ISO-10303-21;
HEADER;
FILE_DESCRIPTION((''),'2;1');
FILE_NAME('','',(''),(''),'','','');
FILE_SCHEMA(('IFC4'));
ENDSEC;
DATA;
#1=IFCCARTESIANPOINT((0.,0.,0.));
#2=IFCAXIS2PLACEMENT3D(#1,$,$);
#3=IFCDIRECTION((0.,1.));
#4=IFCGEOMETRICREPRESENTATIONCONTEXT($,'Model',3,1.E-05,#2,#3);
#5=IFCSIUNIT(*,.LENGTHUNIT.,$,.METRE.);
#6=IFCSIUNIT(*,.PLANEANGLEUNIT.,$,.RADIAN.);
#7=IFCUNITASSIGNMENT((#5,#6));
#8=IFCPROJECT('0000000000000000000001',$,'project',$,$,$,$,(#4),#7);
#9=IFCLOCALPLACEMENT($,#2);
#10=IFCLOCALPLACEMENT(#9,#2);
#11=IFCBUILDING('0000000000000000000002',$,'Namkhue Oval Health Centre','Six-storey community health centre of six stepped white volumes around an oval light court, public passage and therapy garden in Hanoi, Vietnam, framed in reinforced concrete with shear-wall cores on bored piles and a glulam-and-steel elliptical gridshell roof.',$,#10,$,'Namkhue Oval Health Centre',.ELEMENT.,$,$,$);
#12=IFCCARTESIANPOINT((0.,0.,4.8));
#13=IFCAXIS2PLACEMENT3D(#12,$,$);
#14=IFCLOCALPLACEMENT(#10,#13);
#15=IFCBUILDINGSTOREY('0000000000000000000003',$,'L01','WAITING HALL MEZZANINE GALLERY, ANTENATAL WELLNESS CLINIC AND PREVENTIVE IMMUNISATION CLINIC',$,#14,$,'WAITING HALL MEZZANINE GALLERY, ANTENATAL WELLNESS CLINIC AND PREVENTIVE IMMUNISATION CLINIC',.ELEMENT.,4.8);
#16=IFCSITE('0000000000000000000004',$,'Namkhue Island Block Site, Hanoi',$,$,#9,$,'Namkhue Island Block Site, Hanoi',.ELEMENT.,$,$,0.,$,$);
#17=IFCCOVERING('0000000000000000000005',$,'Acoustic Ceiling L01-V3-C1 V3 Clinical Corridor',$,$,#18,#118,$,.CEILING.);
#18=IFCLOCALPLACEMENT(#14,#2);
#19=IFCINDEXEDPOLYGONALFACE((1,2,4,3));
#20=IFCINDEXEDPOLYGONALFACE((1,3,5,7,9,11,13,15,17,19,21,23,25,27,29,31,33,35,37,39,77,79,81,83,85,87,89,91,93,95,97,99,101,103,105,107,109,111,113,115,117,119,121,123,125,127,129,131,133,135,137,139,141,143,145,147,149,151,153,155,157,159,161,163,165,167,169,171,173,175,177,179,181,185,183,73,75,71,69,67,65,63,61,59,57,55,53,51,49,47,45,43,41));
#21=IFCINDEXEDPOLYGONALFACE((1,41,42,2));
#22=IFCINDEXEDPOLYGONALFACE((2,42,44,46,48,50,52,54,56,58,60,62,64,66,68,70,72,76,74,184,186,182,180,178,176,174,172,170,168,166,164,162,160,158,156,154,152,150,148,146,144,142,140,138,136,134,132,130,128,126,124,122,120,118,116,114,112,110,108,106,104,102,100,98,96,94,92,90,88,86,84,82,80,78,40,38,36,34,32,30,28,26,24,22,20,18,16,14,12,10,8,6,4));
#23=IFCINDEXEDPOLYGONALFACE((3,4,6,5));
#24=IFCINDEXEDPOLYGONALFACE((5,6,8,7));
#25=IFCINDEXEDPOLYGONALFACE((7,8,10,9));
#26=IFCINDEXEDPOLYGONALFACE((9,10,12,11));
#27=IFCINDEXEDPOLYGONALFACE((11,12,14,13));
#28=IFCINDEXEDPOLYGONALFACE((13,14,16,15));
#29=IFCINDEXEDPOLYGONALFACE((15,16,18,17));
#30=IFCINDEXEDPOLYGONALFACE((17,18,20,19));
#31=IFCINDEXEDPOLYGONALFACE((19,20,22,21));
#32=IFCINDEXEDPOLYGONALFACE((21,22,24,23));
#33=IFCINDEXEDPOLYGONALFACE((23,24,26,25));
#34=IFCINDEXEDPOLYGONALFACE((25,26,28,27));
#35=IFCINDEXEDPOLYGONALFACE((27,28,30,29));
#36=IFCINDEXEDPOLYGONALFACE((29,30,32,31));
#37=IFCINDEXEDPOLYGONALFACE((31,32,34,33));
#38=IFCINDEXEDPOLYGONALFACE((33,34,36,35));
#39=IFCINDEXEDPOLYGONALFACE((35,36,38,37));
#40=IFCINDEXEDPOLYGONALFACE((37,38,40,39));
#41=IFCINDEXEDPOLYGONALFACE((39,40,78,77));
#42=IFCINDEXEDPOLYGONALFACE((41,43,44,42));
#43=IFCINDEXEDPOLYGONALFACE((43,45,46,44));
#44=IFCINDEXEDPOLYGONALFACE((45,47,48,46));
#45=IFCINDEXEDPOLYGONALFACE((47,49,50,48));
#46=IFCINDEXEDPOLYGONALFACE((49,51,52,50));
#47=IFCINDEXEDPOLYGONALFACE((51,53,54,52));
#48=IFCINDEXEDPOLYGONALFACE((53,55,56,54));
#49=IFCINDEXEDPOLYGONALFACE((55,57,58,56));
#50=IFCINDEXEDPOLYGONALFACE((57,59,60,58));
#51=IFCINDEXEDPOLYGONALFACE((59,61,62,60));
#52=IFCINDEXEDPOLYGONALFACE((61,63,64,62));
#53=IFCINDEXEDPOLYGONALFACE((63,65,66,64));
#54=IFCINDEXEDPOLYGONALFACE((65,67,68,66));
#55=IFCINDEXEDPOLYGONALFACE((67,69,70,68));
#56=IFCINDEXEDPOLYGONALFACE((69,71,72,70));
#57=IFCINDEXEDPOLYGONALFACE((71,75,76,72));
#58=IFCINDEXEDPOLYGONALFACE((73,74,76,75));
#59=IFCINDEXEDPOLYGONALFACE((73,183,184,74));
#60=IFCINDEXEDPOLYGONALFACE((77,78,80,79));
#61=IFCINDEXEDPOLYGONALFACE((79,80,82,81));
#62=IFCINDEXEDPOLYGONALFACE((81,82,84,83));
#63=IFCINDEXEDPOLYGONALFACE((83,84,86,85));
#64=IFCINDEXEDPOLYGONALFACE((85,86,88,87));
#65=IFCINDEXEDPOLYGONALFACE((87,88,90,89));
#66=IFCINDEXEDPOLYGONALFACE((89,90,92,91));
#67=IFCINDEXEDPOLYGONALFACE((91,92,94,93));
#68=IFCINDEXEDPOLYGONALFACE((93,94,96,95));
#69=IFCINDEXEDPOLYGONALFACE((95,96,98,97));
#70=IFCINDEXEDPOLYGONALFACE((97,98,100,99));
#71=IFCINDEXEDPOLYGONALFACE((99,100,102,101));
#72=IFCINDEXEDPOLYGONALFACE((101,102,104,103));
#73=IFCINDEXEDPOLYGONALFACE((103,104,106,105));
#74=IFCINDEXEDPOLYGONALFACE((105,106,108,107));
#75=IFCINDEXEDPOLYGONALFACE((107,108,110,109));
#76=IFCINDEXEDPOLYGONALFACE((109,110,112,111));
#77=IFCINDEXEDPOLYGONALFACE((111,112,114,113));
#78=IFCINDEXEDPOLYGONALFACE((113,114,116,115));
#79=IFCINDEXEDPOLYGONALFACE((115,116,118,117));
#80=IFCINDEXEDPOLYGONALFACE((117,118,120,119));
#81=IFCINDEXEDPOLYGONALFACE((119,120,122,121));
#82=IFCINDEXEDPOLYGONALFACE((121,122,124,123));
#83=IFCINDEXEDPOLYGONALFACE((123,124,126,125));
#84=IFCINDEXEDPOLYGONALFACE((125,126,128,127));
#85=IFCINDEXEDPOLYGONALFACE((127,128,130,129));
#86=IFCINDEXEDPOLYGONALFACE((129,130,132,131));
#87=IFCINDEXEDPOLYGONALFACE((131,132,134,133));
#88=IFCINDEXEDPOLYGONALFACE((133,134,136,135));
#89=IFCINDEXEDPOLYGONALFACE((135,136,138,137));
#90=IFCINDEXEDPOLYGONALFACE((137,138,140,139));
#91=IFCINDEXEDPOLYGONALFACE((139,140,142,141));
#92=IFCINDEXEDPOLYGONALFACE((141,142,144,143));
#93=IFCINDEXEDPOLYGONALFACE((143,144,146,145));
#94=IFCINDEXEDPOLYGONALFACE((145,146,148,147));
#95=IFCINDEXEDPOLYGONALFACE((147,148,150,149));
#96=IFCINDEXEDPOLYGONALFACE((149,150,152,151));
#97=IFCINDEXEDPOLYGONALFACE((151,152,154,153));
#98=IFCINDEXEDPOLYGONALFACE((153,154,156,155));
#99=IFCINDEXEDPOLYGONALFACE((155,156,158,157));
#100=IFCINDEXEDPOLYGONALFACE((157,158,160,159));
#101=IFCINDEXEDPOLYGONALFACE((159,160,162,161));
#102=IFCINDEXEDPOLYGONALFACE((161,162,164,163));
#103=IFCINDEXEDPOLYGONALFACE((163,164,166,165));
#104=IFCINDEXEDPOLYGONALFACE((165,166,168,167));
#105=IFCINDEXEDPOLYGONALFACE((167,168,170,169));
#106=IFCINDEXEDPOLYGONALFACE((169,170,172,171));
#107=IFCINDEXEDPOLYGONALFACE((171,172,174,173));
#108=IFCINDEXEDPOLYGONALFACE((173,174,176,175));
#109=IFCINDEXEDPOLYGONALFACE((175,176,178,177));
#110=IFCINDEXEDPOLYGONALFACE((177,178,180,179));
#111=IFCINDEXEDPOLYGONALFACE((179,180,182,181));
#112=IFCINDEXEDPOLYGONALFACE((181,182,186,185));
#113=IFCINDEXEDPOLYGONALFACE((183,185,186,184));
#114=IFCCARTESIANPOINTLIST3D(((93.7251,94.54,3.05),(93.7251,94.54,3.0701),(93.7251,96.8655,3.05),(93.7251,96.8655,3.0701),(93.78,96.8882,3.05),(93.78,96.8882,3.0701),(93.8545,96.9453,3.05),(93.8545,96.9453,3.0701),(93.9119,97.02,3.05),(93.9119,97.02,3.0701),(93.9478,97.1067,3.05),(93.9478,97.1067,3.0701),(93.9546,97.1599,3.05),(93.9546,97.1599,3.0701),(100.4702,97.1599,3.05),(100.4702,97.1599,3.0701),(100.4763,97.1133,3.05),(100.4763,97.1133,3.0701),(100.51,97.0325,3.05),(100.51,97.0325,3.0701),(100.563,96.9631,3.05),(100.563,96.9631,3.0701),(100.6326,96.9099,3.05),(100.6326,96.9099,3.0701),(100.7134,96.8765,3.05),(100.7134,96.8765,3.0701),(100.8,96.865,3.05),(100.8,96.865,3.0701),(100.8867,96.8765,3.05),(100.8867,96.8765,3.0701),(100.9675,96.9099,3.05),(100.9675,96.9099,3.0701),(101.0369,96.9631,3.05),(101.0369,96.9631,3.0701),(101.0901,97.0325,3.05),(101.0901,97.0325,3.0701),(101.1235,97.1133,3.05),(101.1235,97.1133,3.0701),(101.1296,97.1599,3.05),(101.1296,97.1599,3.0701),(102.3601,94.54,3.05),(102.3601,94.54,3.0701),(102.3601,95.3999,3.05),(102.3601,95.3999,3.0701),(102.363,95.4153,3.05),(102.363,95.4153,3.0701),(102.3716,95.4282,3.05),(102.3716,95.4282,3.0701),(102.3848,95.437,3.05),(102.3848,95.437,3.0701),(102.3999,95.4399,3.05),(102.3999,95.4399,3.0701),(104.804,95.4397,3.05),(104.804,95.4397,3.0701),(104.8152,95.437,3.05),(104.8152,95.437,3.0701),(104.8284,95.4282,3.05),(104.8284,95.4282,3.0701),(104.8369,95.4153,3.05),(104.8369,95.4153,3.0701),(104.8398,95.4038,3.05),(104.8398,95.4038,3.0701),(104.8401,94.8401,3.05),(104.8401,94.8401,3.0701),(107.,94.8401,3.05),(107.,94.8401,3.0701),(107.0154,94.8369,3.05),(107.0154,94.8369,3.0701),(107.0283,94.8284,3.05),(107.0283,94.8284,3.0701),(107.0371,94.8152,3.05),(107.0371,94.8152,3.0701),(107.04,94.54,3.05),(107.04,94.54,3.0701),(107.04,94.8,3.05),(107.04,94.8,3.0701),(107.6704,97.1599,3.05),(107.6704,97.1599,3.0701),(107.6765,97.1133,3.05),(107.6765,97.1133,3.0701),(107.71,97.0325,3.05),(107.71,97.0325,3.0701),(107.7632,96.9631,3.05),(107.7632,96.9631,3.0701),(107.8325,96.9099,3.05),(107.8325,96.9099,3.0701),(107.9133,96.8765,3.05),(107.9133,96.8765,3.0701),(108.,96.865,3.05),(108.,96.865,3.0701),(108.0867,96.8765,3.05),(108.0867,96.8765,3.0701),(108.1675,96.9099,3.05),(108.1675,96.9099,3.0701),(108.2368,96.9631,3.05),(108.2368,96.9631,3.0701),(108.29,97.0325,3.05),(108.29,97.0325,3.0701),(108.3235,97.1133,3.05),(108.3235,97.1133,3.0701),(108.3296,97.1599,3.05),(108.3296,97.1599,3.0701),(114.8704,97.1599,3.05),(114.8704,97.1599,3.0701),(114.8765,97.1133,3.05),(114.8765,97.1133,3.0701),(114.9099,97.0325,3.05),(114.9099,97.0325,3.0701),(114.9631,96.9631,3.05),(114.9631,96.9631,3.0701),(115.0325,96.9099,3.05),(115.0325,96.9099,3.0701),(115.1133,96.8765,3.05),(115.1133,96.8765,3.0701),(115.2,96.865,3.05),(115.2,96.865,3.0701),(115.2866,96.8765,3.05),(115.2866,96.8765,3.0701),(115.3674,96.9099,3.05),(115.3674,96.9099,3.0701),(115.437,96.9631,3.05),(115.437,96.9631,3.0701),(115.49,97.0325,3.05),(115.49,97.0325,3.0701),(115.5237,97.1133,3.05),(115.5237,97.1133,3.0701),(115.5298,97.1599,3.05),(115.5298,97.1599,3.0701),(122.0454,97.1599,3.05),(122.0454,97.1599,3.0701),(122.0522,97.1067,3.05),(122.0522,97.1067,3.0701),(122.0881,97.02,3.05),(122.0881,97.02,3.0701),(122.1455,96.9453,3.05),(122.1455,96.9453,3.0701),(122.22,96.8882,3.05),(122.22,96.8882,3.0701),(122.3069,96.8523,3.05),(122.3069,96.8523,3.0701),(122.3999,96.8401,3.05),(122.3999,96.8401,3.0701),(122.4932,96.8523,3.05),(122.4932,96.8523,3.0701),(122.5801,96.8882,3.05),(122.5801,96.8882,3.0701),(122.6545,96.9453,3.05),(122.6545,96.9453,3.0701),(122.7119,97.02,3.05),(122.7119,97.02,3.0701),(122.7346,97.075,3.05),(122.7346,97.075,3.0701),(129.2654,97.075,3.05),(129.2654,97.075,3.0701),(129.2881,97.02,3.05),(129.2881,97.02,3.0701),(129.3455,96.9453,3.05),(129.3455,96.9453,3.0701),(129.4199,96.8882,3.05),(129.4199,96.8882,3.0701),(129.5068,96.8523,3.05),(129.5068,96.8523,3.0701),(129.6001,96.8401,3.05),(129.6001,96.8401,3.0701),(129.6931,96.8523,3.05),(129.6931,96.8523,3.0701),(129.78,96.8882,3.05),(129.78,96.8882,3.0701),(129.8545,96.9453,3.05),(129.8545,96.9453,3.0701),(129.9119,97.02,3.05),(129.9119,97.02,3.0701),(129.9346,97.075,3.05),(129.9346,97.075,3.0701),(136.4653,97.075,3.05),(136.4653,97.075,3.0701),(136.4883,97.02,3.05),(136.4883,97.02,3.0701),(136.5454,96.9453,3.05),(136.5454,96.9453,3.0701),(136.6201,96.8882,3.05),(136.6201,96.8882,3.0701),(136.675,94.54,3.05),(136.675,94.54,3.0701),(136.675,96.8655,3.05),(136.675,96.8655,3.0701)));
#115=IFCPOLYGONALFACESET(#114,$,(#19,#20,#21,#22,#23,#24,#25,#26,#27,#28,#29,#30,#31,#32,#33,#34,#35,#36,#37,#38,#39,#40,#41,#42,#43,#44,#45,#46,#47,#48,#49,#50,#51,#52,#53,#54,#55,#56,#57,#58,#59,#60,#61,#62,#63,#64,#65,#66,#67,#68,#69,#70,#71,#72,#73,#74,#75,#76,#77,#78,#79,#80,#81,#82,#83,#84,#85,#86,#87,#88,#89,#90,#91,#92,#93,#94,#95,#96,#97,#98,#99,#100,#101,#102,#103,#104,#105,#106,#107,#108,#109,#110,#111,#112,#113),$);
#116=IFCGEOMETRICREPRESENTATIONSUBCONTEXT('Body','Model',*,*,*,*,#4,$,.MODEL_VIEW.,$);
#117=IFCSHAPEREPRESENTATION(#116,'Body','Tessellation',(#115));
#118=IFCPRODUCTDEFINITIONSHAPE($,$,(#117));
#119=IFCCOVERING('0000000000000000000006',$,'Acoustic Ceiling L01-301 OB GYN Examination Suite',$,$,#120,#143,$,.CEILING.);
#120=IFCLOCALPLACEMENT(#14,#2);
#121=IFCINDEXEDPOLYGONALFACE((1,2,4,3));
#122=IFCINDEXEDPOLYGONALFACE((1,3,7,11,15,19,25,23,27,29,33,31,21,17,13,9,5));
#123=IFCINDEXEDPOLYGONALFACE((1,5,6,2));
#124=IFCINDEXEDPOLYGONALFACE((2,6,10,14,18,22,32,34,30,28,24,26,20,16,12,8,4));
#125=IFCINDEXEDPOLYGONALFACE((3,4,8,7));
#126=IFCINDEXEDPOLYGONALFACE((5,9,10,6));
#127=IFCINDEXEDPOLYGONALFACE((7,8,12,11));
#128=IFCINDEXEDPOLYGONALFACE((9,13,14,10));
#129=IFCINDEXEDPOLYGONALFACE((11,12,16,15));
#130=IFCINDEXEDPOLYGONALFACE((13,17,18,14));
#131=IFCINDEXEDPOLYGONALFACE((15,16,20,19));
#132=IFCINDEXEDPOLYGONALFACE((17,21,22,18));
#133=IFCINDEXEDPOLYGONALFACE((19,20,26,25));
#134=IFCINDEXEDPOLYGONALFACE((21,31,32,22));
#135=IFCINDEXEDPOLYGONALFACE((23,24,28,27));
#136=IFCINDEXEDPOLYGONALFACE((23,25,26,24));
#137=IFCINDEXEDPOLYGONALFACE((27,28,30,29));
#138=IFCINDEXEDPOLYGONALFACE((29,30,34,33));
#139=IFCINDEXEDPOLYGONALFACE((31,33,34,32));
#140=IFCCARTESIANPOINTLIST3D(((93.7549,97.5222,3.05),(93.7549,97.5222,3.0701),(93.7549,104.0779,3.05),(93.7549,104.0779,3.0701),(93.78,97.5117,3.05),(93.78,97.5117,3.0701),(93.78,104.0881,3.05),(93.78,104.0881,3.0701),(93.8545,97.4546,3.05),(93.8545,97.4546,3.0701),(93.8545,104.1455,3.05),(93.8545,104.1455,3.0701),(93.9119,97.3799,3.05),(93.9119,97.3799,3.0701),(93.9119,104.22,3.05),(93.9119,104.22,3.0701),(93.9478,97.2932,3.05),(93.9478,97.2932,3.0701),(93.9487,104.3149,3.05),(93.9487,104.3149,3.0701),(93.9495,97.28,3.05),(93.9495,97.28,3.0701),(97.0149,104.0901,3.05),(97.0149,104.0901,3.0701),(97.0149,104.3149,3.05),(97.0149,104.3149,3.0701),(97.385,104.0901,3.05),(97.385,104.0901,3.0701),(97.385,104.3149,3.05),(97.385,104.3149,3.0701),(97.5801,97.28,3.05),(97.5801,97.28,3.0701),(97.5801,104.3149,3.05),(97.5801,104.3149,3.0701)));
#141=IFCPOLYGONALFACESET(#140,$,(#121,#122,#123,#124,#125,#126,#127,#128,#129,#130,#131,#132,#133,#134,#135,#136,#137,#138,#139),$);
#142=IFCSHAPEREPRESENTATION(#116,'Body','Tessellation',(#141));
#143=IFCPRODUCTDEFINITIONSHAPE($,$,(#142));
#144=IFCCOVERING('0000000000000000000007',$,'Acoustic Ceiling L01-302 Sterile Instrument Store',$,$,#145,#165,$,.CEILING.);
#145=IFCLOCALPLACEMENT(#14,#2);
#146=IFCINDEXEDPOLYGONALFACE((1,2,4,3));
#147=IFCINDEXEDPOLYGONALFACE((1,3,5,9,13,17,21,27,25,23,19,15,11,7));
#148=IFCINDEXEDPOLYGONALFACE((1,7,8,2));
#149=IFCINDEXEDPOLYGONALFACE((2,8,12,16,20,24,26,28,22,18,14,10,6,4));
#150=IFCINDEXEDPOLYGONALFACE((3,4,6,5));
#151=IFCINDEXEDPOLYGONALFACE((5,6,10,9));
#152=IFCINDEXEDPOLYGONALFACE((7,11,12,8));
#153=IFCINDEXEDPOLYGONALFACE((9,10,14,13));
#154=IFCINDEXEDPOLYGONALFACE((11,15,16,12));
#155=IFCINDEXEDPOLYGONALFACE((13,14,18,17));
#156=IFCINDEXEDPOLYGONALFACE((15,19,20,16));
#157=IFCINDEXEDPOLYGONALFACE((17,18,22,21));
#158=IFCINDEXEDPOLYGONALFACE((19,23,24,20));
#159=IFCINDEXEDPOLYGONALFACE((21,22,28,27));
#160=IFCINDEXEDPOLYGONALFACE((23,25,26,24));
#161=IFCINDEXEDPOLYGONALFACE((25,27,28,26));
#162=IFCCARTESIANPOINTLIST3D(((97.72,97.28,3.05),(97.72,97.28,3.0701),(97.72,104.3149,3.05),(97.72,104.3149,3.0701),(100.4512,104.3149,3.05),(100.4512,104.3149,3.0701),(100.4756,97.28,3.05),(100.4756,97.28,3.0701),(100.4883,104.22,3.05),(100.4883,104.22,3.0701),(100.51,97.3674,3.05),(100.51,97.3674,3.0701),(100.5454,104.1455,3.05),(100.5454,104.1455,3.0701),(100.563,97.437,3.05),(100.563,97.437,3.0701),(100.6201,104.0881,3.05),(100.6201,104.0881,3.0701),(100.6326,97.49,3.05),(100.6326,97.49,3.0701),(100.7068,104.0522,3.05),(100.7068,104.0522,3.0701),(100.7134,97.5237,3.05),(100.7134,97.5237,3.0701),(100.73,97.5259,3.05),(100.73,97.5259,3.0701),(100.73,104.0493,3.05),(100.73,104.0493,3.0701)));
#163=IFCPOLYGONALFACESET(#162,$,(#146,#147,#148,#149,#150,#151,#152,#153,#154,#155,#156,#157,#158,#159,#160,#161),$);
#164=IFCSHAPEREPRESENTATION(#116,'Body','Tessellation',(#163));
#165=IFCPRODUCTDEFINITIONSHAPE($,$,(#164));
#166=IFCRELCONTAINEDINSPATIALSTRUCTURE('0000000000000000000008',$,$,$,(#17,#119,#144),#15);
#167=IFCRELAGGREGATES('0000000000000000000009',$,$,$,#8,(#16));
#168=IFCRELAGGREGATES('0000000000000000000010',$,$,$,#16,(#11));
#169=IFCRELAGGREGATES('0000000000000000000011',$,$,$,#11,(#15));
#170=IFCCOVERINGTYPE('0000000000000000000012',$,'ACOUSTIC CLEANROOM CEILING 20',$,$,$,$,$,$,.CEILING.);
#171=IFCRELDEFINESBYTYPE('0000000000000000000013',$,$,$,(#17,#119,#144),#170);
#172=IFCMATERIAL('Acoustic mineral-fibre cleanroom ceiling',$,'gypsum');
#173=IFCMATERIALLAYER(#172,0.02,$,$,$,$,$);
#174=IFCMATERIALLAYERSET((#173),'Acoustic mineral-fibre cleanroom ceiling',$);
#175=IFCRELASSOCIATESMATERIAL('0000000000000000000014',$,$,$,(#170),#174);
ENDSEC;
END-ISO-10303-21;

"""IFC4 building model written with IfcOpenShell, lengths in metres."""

from ifc_helpers import new_model, si_unit, direction, frame, origin, place, context, subcontext, project, spatial, polyline, outline, extrude, material, layer, layer_set, type_object, element, save


model = new_model("IFC4")

# Units and contexts
model_context = context("Model", 3, precision=1e-05, world=origin(), true_north=direction((0.0, 1.0)))
body_context = subcontext(model_context, "Body", "Model", "MODEL_VIEW")
ifc_project = project(units=[si_unit("LENGTHUNIT", "METRE"), si_unit("PLANEANGLEUNIT", "RADIAN")], contexts=[model_context])

# Site, building, storey
site_placement = place(None, origin())
site = spatial("IfcSite", under=ifc_project, at=site_placement, Name="Namkhue Island Block Site, Hanoi", LongName="Namkhue Island Block Site, Hanoi", CompositionType="ELEMENT", RefElevation=0.0)
building_placement = place(site_placement, origin())
building = spatial("IfcBuilding", under=site, at=building_placement, Name="Namkhue Oval Health Centre", Description="Six-storey community health centre of six stepped white volumes around an oval light court, public passage and therapy garden in Hanoi, Vietnam, framed in reinforced concrete with shear-wall cores on bored piles and a glulam-and-steel elliptical gridshell roof.", LongName="Namkhue Oval Health Centre", CompositionType="ELEMENT")
storey_placement = place(building_placement, frame((0.0, 0.0, 4.8)))
storey = spatial("IfcBuildingStorey", under=building, at=storey_placement, Name="L01", Description="WAITING HALL MEZZANINE GALLERY, ANTENATAL WELLNESS CLINIC AND PREVENTIVE IMMUNISATION CLINIC", LongName="WAITING HALL MEZZANINE GALLERY, ANTENATAL WELLNESS CLINIC AND PREVENTIVE IMMUNISATION CLINIC", CompositionType="ELEMENT", Elevation=4.8)

# Coverings
ifc_material = material(Name="Acoustic mineral-fibre cleanroom ceiling", Category="gypsum")
ifc_layer = layer(ifc_material, 0.02)
ifc_layer_set = layer_set([ifc_layer], Name="Acoustic mineral-fibre cleanroom ceiling")
covering_type = type_object("IfcCoveringType", Name="ACOUSTIC CLEANROOM CEILING 20", PredefinedType="CEILING", material=ifc_layer_set)
covering_1_placement = place(storey_placement, frame((0.0, 0.0, 3.05)))
element("IfcCovering", 1, at=covering_1_placement, inside=storey, type_object=covering_type, Name="Acoustic Ceiling L01-V3-C1 V3 Clinical Corridor", PredefinedType="CEILING", context=body_context, shape_type="SweptSolid", body=[
    extrude(outline(polyline([(107.04, 94.8), (107.0371, 94.8152), (107.0283, 94.8284), (107.0154, 94.8369), (107.0, 94.8401), (104.8401, 94.8401), (104.8398, 95.4038), (104.8369, 95.4153), (104.8284, 95.4282), (104.8152, 95.437), (104.804, 95.4397), (102.3999, 95.4399), (102.3848, 95.437), (102.3716, 95.4282), (102.363, 95.4153), (102.3601, 95.3999), (102.3601, 94.54), (93.7251, 94.54), (93.7251, 96.8655), (93.78, 96.8882), (93.8545, 96.9453), (93.9119, 97.02), (93.9478, 97.1067), (93.9546, 97.1599), (100.4702, 97.1599), (100.4763, 97.1133), (100.51, 97.0325), (100.563, 96.9631), (100.6326, 96.9099), (100.7134, 96.8765), (100.8, 96.865), (100.8867, 96.8765), (100.9675, 96.9099), (101.0369, 96.9631), (101.0901, 97.0325), (101.1235, 97.1133), (101.1296, 97.1599), (107.6704, 97.1599), (107.6765, 97.1133), (107.71, 97.0325), (107.7632, 96.9631), (107.8325, 96.9099), (107.9133, 96.8765), (108.0, 96.865), (108.0867, 96.8765), (108.1675, 96.9099), (108.2368, 96.9631), (108.29, 97.0325), (108.3235, 97.1133), (108.3296, 97.1599), (114.8704, 97.1599), (114.8765, 97.1133), (114.9099, 97.0325), (114.9631, 96.9631), (115.0325, 96.9099), (115.1133, 96.8765), (115.2, 96.865), (115.2866, 96.8765), (115.3674, 96.9099), (115.437, 96.9631), (115.49, 97.0325), (115.5237, 97.1133), (115.5298, 97.1599), (122.0454, 97.1599), (122.0522, 97.1067), (122.0881, 97.02), (122.1455, 96.9453), (122.22, 96.8882), (122.3069, 96.8523), (122.3999, 96.8401), (122.4932, 96.8523), (122.5801, 96.8882), (122.6545, 96.9453), (122.7119, 97.02), (122.7346, 97.075), (129.2654, 97.075), (129.2881, 97.02), (129.3455, 96.9453), (129.4199, 96.8882), (129.5068, 96.8523), (129.6001, 96.8401), (129.6931, 96.8523), (129.78, 96.8882), (129.8545, 96.9453), (129.9119, 97.02), (129.9346, 97.075), (136.4653, 97.075), (136.4883, 97.02), (136.5454, 96.9453), (136.6201, 96.8882), (136.675, 96.8655), (136.675, 94.54), (107.04, 94.54), (107.04, 94.8)])), origin(), (0.0, 0.0, 1.0), 0.02),
])
covering_2_placement = place(storey_placement, frame((0.0, 0.0, 3.05)))
element("IfcCovering", 2, at=covering_2_placement, inside=storey, type_object=covering_type, Name="Acoustic Ceiling L01-301 OB GYN Examination Suite", PredefinedType="CEILING", context=body_context, shape_type="SweptSolid", body=[
    extrude(outline(polyline([(93.9495, 97.28), (93.9478, 97.2932), (93.9119, 97.3799), (93.8545, 97.4546), (93.78, 97.5117), (93.7549, 97.5222), (93.7549, 104.0779), (93.78, 104.0881), (93.8545, 104.1455), (93.9119, 104.22), (93.9487, 104.3149), (97.0149, 104.3149), (97.0149, 104.0901), (97.385, 104.0901), (97.385, 104.3149), (97.5801, 104.3149), (97.5801, 97.28), (93.9495, 97.28)])), origin(), (0.0, 0.0, 1.0), 0.02),
])
covering_3_placement = place(storey_placement, frame((0.0, 0.0, 3.05)))
element("IfcCovering", 3, at=covering_3_placement, inside=storey, type_object=covering_type, Name="Acoustic Ceiling L01-302 Sterile Instrument Store", PredefinedType="CEILING", context=body_context, shape_type="SweptSolid", body=[
    extrude(outline(polyline([(97.72, 97.28), (97.72, 104.3149), (100.4512, 104.3149), (100.4883, 104.22), (100.5454, 104.1455), (100.6201, 104.0881), (100.7068, 104.0522), (100.73, 104.0493), (100.73, 97.5259), (100.7134, 97.5237), (100.6326, 97.49), (100.563, 97.437), (100.51, 97.3674), (100.4756, 97.28), (97.72, 97.28)])), origin(), (0.0, 0.0, 1.0), 0.02),
])

save(model, "model.ifc")
